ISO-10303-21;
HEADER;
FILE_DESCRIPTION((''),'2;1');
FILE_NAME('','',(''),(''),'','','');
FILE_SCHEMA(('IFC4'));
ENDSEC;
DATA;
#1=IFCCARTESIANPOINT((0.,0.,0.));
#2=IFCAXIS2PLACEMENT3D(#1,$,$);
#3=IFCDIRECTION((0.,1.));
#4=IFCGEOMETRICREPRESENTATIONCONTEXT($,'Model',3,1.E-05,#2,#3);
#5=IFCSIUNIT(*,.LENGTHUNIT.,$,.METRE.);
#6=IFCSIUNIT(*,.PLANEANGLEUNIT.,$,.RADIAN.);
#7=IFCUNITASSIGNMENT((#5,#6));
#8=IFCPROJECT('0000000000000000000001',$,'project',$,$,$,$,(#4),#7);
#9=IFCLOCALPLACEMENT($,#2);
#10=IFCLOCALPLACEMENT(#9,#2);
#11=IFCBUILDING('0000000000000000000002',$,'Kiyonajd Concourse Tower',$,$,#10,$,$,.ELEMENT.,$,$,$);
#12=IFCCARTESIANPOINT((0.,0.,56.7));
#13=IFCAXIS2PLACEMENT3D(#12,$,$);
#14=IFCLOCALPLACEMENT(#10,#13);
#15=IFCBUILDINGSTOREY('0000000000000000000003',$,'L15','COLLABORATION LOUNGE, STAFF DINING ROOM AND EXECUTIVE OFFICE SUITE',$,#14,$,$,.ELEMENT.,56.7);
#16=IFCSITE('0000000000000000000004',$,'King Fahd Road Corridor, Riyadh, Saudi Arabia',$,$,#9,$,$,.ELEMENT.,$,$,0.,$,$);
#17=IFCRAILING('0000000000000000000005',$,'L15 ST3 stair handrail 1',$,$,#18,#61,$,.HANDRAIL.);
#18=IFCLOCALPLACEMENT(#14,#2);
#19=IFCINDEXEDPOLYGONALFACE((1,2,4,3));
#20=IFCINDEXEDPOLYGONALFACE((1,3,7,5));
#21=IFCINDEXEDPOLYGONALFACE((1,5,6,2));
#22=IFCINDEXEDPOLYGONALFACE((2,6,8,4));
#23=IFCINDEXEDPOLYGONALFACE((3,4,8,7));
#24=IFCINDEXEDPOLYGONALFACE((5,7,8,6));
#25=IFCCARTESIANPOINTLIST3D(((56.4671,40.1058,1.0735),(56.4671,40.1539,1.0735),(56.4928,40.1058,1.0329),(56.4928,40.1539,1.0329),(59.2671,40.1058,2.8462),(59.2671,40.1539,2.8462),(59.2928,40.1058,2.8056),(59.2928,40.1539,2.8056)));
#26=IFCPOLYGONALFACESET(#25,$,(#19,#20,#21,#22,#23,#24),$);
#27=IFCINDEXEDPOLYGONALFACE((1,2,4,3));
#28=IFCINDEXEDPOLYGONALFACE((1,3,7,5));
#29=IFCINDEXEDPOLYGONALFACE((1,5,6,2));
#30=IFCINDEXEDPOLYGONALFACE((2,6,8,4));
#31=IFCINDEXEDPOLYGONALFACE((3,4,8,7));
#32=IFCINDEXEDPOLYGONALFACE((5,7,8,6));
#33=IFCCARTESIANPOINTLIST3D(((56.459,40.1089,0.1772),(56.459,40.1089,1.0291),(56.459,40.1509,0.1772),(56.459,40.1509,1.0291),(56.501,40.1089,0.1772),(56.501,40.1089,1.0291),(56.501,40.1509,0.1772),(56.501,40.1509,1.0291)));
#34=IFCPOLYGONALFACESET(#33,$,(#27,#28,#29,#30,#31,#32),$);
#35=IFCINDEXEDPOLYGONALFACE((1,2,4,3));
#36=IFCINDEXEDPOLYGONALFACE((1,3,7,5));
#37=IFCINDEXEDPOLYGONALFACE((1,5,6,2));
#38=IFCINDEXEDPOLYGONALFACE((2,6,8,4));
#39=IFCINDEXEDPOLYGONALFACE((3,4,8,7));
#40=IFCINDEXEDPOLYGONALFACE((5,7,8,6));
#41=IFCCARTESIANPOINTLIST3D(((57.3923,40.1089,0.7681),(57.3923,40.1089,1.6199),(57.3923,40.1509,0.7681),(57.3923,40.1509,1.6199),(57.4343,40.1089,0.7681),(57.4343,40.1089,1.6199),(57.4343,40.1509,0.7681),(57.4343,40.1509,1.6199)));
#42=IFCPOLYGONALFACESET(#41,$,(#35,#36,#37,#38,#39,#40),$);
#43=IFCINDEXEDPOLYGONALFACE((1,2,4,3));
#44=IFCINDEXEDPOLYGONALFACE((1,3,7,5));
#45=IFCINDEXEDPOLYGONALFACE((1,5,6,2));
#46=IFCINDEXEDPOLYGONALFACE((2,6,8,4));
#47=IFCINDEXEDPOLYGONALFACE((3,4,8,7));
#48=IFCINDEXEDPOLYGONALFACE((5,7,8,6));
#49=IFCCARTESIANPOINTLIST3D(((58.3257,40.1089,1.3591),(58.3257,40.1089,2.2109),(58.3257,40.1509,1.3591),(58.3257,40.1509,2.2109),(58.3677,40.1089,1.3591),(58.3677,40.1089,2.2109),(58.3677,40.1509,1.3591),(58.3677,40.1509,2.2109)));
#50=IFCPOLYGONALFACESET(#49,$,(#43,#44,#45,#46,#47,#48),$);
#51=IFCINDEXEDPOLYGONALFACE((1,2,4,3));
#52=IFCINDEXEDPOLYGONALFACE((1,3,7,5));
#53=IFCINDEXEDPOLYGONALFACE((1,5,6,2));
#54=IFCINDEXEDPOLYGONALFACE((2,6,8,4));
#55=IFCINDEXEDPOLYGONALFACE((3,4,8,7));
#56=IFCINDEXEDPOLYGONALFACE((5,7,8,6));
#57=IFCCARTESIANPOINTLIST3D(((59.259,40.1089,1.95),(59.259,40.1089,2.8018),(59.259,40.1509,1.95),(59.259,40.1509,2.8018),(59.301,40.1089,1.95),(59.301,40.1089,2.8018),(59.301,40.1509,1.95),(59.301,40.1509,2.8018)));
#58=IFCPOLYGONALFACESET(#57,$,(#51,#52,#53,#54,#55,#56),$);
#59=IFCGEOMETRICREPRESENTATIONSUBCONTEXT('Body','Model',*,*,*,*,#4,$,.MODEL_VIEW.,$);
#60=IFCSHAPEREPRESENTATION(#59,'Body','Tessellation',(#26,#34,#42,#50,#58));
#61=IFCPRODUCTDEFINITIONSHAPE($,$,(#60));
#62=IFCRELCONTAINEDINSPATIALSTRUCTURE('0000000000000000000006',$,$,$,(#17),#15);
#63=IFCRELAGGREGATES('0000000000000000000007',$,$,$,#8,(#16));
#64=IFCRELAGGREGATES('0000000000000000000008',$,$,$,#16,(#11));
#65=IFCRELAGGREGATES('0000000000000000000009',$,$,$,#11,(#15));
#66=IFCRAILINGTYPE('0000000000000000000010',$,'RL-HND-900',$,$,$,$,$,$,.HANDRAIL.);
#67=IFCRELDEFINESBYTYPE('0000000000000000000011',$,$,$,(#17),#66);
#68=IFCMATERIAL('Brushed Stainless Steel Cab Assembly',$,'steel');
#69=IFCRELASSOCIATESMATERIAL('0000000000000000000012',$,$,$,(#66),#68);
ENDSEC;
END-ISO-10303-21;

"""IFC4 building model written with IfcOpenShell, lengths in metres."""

from ifc_helpers import new_model, si_unit, direction, frame, origin, origin_2d, place, context, subcontext, project, spatial, rectangle, extrude, material, type_object, element, save


model = new_model("IFC4")

# Units and contexts
model_context = context("Model", 3, precision=1e-05, world=origin(), true_north=direction((0.0, 1.0)))
body_context = subcontext(model_context, "Body", "Model", "MODEL_VIEW")
ifc_project = project(units=[si_unit("LENGTHUNIT", "METRE"), si_unit("PLANEANGLEUNIT", "RADIAN")], contexts=[model_context])

# Site, building, storey
site_placement = place(None, origin())
site = spatial("IfcSite", under=ifc_project, at=site_placement, Name="King Fahd Road Corridor, Riyadh, Saudi Arabia", CompositionType="ELEMENT", RefElevation=0.0)
building_placement = place(site_placement, origin())
building = spatial("IfcBuilding", under=site, at=building_placement, Name="Kiyonajd Concourse Tower", CompositionType="ELEMENT")
storey_placement = place(building_placement, frame((0.0, 0.0, 56.7)))
storey = spatial("IfcBuildingStorey", under=building, at=storey_placement, Name="L15", Description="COLLABORATION LOUNGE, STAFF DINING ROOM AND EXECUTIVE OFFICE SUITE", CompositionType="ELEMENT", Elevation=56.7)

# Shared definitions
ifc_material_1 = material(Name="Brushed Stainless Steel Cab Assembly", Category="steel")

# Railing
railing_type_1 = type_object("IfcRailingType", Name="RL-HND-900", PredefinedType="HANDRAIL", material=ifc_material_1)
railing_1_placement = place(storey_placement, frame((56.48, 40.1299, 0.1772)))
element("IfcRailing", 1, at=railing_1_placement, inside=storey, type_object=railing_type_1, Name="L15 ST3 stair handrail 1", PredefinedType="HANDRAIL", context=body_context, shape_type="SweptSolid", body=[
    extrude(rectangle(XDim=0.0481, YDim=0.0481, at=origin_2d()), frame((0.0, 0.0, 0.876), z_axis=(0.844909, 0.0, 0.53491), x_axis=(0.0, 1.0, 0.0)), (0.0, 0.0, 1.0), 3.314),
    extrude(rectangle(XDim=0.042, YDim=0.042, at=origin_2d()), origin(), (0.0, 0.0, 1.0), 0.8518),
    extrude(rectangle(XDim=0.042, YDim=0.042, at=origin_2d()), frame((0.9333, 0.0, 0.5908)), (0.0, 0.0, 1.0), 0.8518),
    extrude(rectangle(XDim=0.042, YDim=0.042, at=origin_2d()), frame((1.8667, 0.0, 1.1819)), (0.0, 0.0, 1.0), 0.8518),
    extrude(rectangle(XDim=0.042, YDim=0.042, at=origin_2d()), frame((2.8, 0.0, 1.7727)), (0.0, 0.0, 1.0), 0.8518),
])

save(model, "model.ifc")
